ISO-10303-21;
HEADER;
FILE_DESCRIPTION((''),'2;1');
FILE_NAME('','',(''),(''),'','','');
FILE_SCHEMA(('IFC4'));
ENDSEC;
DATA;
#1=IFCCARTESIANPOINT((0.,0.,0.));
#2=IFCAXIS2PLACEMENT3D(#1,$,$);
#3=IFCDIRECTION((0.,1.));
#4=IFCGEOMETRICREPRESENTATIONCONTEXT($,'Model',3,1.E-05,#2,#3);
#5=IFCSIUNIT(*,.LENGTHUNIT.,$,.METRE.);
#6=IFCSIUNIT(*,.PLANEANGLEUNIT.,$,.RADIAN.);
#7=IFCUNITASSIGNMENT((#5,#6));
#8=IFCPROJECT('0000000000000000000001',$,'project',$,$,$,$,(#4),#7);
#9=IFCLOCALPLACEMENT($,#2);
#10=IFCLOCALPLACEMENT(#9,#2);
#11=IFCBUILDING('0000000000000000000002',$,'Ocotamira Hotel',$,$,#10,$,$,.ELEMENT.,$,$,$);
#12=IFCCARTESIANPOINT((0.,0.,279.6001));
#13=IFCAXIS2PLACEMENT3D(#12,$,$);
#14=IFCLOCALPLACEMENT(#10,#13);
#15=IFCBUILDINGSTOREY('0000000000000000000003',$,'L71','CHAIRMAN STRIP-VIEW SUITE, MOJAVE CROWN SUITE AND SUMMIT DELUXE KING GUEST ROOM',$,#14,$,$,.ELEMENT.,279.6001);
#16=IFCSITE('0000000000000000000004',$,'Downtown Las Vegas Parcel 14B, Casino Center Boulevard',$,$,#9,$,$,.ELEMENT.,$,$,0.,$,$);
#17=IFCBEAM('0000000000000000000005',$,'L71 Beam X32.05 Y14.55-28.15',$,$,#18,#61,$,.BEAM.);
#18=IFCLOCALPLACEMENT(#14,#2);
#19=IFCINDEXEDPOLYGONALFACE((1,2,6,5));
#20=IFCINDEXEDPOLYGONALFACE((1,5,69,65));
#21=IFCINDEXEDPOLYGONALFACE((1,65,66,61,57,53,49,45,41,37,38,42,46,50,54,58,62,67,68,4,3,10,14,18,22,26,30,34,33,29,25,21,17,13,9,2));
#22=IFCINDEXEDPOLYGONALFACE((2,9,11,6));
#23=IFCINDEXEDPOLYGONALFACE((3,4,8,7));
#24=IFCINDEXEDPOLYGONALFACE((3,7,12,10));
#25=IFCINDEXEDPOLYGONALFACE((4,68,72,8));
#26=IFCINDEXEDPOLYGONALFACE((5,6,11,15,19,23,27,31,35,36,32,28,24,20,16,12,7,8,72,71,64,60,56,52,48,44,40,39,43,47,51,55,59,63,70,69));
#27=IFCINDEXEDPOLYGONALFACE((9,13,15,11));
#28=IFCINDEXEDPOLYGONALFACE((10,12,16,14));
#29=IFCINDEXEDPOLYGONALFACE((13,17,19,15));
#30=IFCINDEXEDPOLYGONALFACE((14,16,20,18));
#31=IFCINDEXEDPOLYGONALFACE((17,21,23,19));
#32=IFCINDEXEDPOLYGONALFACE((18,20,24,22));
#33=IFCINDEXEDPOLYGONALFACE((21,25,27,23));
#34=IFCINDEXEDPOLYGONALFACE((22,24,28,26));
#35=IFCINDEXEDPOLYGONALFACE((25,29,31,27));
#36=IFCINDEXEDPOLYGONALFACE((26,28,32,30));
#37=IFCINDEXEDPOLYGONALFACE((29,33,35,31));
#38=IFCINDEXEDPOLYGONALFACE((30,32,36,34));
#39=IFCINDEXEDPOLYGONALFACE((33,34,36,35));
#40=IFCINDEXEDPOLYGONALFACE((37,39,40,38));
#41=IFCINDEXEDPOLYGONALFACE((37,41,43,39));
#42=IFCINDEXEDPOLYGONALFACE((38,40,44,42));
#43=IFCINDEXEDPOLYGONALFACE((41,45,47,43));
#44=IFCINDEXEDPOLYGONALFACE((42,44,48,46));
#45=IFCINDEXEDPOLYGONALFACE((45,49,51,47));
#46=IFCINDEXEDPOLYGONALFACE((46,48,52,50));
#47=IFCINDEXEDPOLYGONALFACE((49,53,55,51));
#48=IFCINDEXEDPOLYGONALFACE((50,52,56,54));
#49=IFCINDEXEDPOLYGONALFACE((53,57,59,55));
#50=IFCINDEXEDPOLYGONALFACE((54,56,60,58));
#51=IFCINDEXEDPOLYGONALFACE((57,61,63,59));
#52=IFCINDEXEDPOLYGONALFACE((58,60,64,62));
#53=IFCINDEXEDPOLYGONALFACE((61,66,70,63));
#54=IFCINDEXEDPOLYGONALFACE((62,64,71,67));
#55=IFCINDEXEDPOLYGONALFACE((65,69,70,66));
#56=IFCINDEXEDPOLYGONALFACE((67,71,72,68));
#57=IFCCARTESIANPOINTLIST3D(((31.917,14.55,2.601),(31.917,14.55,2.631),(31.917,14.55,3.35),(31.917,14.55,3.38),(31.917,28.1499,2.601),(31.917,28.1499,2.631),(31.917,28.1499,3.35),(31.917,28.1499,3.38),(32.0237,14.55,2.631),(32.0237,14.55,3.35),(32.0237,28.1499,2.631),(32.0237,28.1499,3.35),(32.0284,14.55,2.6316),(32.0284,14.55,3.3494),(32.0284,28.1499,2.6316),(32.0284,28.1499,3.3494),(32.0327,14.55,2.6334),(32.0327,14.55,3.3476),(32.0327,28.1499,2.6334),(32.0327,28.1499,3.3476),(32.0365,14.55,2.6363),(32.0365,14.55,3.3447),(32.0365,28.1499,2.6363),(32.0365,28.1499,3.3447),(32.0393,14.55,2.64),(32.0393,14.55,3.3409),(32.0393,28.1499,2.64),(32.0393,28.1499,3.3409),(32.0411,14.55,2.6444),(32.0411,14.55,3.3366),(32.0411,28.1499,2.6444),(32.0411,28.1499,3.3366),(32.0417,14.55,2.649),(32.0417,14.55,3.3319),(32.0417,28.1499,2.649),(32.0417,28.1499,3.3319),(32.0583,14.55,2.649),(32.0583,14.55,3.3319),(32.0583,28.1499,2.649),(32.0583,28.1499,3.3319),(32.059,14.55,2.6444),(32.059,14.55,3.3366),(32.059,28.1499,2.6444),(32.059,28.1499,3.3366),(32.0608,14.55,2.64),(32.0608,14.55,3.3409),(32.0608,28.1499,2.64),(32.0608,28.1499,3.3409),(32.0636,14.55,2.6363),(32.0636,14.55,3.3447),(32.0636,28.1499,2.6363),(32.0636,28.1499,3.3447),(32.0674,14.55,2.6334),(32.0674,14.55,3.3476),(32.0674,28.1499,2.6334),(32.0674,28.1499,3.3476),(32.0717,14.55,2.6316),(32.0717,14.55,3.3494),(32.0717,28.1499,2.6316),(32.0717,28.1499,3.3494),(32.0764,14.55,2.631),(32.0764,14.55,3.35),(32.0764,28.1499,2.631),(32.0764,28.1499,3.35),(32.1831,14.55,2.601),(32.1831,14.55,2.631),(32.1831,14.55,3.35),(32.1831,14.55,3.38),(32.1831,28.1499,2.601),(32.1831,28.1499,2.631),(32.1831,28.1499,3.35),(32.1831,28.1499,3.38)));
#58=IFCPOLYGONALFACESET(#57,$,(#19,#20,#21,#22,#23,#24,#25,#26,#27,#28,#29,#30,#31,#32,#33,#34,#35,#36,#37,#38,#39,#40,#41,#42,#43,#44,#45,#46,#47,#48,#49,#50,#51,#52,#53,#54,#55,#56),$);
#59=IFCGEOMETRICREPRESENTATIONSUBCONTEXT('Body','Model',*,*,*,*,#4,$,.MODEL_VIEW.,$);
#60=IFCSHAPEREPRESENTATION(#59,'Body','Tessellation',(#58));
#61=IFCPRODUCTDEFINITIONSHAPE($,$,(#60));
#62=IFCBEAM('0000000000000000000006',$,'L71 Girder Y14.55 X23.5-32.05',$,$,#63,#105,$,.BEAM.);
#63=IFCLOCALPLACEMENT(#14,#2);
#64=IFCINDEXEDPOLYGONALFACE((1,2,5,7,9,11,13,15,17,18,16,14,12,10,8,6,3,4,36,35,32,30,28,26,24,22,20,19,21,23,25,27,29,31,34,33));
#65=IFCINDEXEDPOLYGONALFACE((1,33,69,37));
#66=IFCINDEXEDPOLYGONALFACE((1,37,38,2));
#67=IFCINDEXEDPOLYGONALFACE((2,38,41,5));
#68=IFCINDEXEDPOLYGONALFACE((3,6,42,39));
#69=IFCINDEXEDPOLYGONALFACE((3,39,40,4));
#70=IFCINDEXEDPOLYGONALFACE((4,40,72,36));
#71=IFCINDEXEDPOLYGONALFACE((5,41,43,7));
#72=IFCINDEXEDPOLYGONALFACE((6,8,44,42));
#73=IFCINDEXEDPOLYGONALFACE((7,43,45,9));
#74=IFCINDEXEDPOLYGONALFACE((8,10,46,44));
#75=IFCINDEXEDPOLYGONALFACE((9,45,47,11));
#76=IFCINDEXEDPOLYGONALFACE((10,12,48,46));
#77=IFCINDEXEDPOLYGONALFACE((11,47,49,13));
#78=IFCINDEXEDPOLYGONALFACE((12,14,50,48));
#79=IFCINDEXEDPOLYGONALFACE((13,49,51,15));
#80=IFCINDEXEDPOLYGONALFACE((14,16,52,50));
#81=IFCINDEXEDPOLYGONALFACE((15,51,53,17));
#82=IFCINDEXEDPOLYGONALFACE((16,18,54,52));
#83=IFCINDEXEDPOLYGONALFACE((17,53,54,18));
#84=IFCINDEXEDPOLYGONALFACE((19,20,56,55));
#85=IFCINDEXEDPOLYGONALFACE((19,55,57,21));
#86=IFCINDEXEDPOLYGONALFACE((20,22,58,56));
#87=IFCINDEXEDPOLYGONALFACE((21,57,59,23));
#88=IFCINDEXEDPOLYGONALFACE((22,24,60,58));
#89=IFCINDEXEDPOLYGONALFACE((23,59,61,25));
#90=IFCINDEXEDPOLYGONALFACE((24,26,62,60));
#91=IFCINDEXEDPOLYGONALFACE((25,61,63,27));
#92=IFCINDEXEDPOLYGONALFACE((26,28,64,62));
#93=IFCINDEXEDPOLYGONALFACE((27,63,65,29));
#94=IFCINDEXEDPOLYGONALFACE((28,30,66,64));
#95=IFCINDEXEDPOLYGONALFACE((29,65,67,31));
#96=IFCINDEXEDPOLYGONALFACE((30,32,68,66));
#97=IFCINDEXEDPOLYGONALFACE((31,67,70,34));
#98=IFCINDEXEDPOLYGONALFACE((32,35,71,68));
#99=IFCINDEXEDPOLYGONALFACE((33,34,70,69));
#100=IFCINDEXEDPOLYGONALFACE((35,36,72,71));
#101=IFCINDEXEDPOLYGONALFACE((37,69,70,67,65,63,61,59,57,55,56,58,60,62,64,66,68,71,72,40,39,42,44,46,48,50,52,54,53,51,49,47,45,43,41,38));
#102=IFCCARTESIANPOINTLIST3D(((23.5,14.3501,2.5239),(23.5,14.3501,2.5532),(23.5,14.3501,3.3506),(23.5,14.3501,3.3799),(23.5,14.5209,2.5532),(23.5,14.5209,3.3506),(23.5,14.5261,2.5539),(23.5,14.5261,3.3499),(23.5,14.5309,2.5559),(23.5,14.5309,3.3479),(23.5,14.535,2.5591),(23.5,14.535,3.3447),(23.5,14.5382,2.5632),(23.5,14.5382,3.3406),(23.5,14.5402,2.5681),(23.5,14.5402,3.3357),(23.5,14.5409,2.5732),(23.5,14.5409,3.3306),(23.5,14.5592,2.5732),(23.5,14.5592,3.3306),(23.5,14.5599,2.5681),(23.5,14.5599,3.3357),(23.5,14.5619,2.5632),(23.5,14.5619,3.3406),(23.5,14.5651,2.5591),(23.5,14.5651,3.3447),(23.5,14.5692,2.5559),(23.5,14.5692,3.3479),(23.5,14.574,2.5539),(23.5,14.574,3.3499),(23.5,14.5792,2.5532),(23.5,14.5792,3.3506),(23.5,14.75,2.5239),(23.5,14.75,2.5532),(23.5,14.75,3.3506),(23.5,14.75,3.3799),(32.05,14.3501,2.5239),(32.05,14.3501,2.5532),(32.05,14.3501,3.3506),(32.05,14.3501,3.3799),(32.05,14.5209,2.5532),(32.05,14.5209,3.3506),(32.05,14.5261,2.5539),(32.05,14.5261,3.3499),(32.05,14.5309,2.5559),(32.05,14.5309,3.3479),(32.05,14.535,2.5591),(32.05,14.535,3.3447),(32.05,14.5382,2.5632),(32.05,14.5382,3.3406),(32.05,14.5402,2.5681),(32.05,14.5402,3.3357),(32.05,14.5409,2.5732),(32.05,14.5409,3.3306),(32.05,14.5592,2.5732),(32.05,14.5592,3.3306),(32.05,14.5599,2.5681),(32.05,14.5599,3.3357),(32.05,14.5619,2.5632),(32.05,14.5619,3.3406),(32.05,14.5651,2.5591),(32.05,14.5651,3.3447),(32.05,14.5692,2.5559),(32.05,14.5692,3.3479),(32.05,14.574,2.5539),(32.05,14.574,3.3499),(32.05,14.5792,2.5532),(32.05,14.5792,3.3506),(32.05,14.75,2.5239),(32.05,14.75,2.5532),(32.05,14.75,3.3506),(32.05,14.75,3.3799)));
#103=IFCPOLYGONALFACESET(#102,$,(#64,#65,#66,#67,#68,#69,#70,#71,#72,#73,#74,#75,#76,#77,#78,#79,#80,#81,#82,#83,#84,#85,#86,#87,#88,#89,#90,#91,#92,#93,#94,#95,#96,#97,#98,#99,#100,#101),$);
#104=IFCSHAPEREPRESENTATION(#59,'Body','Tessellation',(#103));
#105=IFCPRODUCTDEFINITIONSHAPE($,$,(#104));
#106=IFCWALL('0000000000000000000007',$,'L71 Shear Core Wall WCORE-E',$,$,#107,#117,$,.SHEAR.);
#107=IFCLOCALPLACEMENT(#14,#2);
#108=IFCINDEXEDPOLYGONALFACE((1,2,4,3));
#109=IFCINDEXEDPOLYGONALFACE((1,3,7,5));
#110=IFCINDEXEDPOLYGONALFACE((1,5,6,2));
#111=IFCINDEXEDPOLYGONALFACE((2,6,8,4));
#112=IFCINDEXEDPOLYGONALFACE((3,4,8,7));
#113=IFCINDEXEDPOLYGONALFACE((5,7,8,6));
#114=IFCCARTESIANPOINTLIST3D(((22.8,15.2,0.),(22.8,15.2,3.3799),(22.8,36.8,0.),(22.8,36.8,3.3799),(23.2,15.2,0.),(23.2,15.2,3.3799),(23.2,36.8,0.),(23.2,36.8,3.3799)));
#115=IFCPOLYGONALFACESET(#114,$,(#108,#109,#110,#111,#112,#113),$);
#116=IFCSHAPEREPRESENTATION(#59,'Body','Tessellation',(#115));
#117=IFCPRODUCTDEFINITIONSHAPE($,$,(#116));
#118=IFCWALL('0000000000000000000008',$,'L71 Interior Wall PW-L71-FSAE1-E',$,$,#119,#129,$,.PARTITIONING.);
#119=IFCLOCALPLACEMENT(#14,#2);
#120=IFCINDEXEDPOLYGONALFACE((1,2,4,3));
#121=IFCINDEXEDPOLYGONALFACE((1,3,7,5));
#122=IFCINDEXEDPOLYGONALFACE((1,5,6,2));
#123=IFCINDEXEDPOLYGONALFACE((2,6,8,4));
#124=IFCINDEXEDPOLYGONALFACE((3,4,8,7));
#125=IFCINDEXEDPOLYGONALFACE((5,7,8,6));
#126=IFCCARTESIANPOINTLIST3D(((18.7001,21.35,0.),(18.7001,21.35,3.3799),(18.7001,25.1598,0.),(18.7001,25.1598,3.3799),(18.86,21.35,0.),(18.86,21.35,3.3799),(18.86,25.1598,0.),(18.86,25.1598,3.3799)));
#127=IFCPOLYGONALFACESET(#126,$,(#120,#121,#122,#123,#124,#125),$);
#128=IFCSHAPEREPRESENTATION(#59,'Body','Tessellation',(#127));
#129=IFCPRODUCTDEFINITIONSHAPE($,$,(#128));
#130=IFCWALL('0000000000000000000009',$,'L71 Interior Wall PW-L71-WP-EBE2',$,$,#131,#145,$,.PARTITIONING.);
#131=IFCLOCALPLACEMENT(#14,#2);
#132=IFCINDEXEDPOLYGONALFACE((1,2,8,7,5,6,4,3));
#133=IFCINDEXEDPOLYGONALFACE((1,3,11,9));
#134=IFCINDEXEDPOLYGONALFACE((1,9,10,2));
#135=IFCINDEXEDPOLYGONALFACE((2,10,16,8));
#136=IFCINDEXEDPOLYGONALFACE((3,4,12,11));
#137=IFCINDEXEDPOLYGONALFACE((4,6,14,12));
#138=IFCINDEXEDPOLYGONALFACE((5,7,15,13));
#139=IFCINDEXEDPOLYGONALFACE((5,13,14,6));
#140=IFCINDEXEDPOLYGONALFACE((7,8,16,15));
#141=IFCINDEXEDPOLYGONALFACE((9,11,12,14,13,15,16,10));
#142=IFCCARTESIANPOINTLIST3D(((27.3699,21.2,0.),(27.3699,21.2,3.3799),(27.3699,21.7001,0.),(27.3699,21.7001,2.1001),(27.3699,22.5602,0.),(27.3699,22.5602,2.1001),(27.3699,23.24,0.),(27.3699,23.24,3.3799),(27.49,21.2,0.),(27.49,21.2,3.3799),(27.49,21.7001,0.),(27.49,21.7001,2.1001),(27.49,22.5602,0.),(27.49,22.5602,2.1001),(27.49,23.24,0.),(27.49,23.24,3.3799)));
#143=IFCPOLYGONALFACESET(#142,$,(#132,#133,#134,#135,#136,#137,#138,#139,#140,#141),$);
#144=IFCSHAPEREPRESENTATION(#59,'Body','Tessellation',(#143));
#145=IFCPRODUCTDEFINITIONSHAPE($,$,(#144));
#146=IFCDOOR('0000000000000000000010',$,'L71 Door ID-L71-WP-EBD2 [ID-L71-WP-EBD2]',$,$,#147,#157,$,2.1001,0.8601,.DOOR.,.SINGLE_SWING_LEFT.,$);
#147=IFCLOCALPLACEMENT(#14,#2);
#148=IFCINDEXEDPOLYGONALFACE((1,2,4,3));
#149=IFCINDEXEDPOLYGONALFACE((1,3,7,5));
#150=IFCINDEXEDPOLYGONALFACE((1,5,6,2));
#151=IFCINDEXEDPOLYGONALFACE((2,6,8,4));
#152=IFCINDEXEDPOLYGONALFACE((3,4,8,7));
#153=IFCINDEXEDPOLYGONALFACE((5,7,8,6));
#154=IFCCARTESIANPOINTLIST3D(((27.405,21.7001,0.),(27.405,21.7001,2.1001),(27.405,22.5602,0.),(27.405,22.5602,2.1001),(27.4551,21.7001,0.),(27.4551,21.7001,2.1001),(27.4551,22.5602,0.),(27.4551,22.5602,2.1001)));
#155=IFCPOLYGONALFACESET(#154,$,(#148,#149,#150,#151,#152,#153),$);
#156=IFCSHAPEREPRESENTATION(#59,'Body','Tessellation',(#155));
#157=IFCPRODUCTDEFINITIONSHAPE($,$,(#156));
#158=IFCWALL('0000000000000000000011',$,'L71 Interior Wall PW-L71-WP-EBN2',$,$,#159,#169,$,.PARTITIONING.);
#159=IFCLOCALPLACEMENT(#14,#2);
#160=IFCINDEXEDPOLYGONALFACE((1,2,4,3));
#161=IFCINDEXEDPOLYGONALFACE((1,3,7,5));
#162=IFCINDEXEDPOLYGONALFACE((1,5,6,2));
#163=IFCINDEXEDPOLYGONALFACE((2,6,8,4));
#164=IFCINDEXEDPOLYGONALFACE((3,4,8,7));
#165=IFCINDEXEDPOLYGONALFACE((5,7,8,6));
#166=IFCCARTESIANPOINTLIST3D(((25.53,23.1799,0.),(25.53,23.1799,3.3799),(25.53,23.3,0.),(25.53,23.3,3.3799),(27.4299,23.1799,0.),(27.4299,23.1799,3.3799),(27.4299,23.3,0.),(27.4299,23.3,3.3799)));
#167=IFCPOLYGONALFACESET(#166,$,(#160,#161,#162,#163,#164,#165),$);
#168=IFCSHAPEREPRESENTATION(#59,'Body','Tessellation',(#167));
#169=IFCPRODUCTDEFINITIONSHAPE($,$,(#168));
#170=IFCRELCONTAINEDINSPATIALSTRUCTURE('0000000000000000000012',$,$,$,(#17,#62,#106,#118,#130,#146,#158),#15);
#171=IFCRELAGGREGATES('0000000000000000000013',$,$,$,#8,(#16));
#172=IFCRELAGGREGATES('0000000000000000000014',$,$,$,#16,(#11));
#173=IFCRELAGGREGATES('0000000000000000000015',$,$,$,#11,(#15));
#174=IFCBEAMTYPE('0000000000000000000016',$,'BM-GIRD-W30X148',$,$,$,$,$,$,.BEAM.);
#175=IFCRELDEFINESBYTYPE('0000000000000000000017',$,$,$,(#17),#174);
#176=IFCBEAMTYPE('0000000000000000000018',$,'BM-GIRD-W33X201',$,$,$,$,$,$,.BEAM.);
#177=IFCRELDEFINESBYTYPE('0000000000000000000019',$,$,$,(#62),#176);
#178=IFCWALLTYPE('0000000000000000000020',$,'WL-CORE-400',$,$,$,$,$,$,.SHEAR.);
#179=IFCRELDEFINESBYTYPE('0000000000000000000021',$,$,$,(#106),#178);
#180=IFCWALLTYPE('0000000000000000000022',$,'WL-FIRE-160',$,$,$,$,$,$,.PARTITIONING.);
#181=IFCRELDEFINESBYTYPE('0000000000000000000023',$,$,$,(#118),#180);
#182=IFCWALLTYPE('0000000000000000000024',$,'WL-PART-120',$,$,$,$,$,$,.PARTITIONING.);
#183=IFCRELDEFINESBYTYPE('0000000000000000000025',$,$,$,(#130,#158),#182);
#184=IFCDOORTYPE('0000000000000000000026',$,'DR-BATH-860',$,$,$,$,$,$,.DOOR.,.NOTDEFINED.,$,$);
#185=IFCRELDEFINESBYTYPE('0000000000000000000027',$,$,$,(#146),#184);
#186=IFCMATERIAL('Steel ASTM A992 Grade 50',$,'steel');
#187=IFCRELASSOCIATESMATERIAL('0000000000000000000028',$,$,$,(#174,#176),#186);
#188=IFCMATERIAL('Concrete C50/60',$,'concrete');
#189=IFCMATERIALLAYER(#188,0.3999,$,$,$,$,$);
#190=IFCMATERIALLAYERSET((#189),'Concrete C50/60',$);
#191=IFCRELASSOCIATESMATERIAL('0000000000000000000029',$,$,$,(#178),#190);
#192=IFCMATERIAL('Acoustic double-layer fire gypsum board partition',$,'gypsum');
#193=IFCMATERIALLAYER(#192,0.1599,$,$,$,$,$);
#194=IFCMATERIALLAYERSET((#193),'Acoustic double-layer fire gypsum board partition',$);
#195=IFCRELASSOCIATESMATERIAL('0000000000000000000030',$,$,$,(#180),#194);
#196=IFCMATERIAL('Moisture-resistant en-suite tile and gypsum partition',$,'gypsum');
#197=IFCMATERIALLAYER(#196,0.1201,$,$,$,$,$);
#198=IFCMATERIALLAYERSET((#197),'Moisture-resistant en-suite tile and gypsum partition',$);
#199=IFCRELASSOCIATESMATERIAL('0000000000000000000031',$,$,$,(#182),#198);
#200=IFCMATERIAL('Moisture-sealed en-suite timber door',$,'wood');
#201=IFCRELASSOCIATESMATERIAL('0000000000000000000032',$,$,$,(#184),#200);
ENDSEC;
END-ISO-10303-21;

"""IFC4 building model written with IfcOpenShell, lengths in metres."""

from ifc_helpers import new_model, si_unit, direction, frame, frame_2d, origin, origin_2d, place, context, subcontext, project, spatial, rectangle, i_section, extrude, source, transform, mapped, material, layer, layer_set, material_profile, profile_set, type_object, element, fill, save


model = new_model("IFC4")

# Units and contexts
model_context = context("Model", 3, precision=1e-05, world=origin(), true_north=direction((0.0, 1.0)))
body_context = subcontext(model_context, "Body", "Model", "MODEL_VIEW")
ifc_project = project(units=[si_unit("LENGTHUNIT", "METRE"), si_unit("PLANEANGLEUNIT", "RADIAN")], contexts=[model_context])

# Site, building, storey
site_placement = place(None, origin())
site = spatial("IfcSite", under=ifc_project, at=site_placement, Name="Downtown Las Vegas Parcel 14B, Casino Center Boulevard", CompositionType="ELEMENT", RefElevation=0.0)
building_placement = place(site_placement, origin())
building = spatial("IfcBuilding", under=site, at=building_placement, Name="Ocotamira Hotel", CompositionType="ELEMENT")
storey_placement = place(building_placement, frame((0.0, 0.0, 279.6001)))
storey = spatial("IfcBuildingStorey", under=building, at=storey_placement, Name="L71", Description="CHAIRMAN STRIP-VIEW SUITE, MOJAVE CROWN SUITE AND SUMMIT DELUXE KING GUEST ROOM", CompositionType="ELEMENT", Elevation=279.6001)

# Shared definitions
ifc_material_1 = material(Name="Steel ASTM A992 Grade 50", Category="steel")

# Beams
ifc_material_profile_1 = material_profile(ifc_material_1, i_section(OverallWidth=0.2661, OverallDepth=0.7791, WebThickness=0.0166, FlangeThickness=0.03, FilletRadius=0.0181, at=origin_2d()), Name="W30X148")
ifc_profile_set_1 = profile_set([ifc_material_profile_1], Name="Steel ASTM A992 Grade 50")
beam_type_1 = type_object("IfcBeamType", Name="BM-GIRD-W30X148", PredefinedType="BEAM", material=ifc_profile_set_1)
shared_shape_1 = source(origin(), body_context, "Body", "SweptSolid", [
    extrude(i_section(OverallWidth=0.2661, OverallDepth=0.7791, WebThickness=0.0166, FlangeThickness=0.03, FilletRadius=0.0181, at=origin_2d()), origin(), (0.0, 0.0, 1.0), 13.5999),
])
for number, where, z_axis, x_axis, name in (
    (1, (32.05, 14.55, 2.9905), (0.0, 1.0, 0.0), (-1.0, 0.0, 0.0), "L71 Beam X32.05 Y14.55-28.15"),
):
    element("IfcBeam", number, at=place(storey_placement, frame(where, z_axis=z_axis, x_axis=x_axis)), inside=storey, type_object=beam_type_1, Name=name, PredefinedType="BEAM", context=body_context, shape_type="MappedRepresentation", body=[
        mapped(shared_shape_1, transform((0.0, 0.0, 0.0), scale=1.0)),
    ])
ifc_material_profile_2 = material_profile(ifc_material_1, i_section(OverallWidth=0.3999, OverallDepth=0.856, WebThickness=0.0183, FlangeThickness=0.0293, FilletRadius=0.02, at=origin_2d()), Name="W33X201")
ifc_profile_set_2 = profile_set([ifc_material_profile_2], Name="Steel ASTM A992 Grade 50")
beam_type_2 = type_object("IfcBeamType", Name="BM-GIRD-W33X201", PredefinedType="BEAM", material=ifc_profile_set_2)
shared_shape_2 = source(origin(), body_context, "Body", "SweptSolid", [
    extrude(i_section(OverallWidth=0.3999, OverallDepth=0.856, WebThickness=0.0183, FlangeThickness=0.0293, FilletRadius=0.02, at=origin_2d()), origin(), (0.0, 0.0, 1.0), 8.55),
])
beam_placement = place(storey_placement, frame((23.5, 14.55, 2.9519), z_axis=(1.0, 0.0, 0.0), x_axis=(0.0, 1.0, 0.0)))
element("IfcBeam", 2, at=beam_placement, inside=storey, type_object=beam_type_2, Name="L71 Girder Y14.55 X23.5-32.05", PredefinedType="BEAM", context=body_context, shape_type="MappedRepresentation", body=[
    mapped(shared_shape_2, transform((0.0, 0.0, 0.0), scale=1.0)),
])

# Walls
ifc_material_2 = material(Name="Concrete C50/60", Category="concrete")
ifc_layer_1 = layer(ifc_material_2, 0.3999)
ifc_layer_set_1 = layer_set([ifc_layer_1], Name="Concrete C50/60")
wall_type_1 = type_object("IfcWallType", Name="WL-CORE-400", PredefinedType="SHEAR", material=ifc_layer_set_1)
wall_1_placement = place(storey_placement, frame((23.0, 15.2, 0.0), z_axis=(0.0, 0.0, 1.0), x_axis=(0.0, 1.0, 0.0)))
element("IfcWall", 3, at=wall_1_placement, inside=storey, type_object=wall_type_1, Name="L71 Shear Core Wall WCORE-E", PredefinedType="SHEAR", context=body_context, shape_type="SweptSolid", body=[
    extrude(rectangle(XDim=21.6001, YDim=0.3999, at=frame_2d((10.8, 0.0))), origin(), (0.0, 0.0, 1.0), 3.3799),
])
ifc_material_3 = material(Name="Acoustic double-layer fire gypsum board partition", Category="gypsum")
ifc_layer_2 = layer(ifc_material_3, 0.1599)
ifc_layer_set_2 = layer_set([ifc_layer_2], Name="Acoustic double-layer fire gypsum board partition")
wall_type_2 = type_object("IfcWallType", Name="WL-FIRE-160", PredefinedType="PARTITIONING", material=ifc_layer_set_2)
wall_2_placement = place(storey_placement, frame((18.78, 21.3501, 0.0), z_axis=(0.0, 0.0, 1.0), x_axis=(0.0, 1.0, 0.0)))
element("IfcWall", 4, at=wall_2_placement, inside=storey, type_object=wall_type_2, Name="L71 Interior Wall PW-L71-FSAE1-E", PredefinedType="PARTITIONING", context=body_context, shape_type="SweptSolid", body=[
    extrude(rectangle(XDim=3.8098, YDim=0.1599, at=frame_2d((1.9048, 0.0))), origin(), (0.0, 0.0, 1.0), 3.3799),
])

# Wall, opening, door
ifc_material_4 = material(Name="Moisture-resistant en-suite tile and gypsum partition", Category="gypsum")
ifc_layer_3 = layer(ifc_material_4, 0.1201)
ifc_layer_set_3 = layer_set([ifc_layer_3], Name="Moisture-resistant en-suite tile and gypsum partition")
wall_type_3 = type_object("IfcWallType", Name="WL-PART-120", PredefinedType="PARTITIONING", material=ifc_layer_set_3)
wall_3_placement = place(storey_placement, frame((27.4299, 21.2, 0.0), z_axis=(0.0, 0.0, 1.0), x_axis=(0.0, 1.0, 0.0)))
wall_3 = element("IfcWall", 5, at=wall_3_placement, inside=storey, type_object=wall_type_3, Name="L71 Interior Wall PW-L71-WP-EBE2", PredefinedType="PARTITIONING", context=body_context, shape_type="SweptSolid", body=[
    extrude(rectangle(XDim=2.04, YDim=0.1201, at=frame_2d((1.02, 0.0))), origin(), (0.0, 0.0, 1.0), 3.3799),
])
opening_1_placement = place(wall_3_placement, frame((0.5, 0.0, 0.0)))
opening_1 = element("IfcOpeningElement", 6, at=opening_1_placement, cuts=wall_3, PredefinedType="OPENING", context=body_context, shape_type="SweptSolid", body=[
    extrude(rectangle(XDim=0.8601, YDim=2.1001, at=frame_2d((0.4302, 1.05))), frame((0.0, 0.0701, 0.0), z_axis=(0.0, -1.0, 0.0), x_axis=(1.0, 0.0, 0.0)), (0.0, 0.0, 1.0), 0.1401),
])
ifc_material_5 = material(Name="Moisture-sealed en-suite timber door", Category="wood")
door_type_1 = type_object("IfcDoorType", Name="DR-BATH-860", OperationType="NOTDEFINED", PredefinedType="DOOR", material=ifc_material_5)
shared_shape_3 = source(origin(), body_context, "Body", "SweptSolid", [
    extrude(rectangle(XDim=0.8601, YDim=2.1001, at=frame_2d((0.4302, 1.05))), frame((0.0, 0.0249, 0.0), z_axis=(0.0, -1.0, 0.0), x_axis=(1.0, 0.0, 0.0)), (0.0, 0.0, 1.0), 0.05),
])
door_1_placement = place(opening_1_placement, origin())
door_1 = element("IfcDoor", 7, at=door_1_placement, inside=storey, type_object=door_type_1, Name="L71 Door ID-L71-WP-EBD2 [ID-L71-WP-EBD2]", OperationType="SINGLE_SWING_LEFT", OverallHeight=2.1001, OverallWidth=0.8601, PredefinedType="DOOR", context=body_context, shape_type="MappedRepresentation", body=[
    mapped(shared_shape_3, transform((0.0, 0.0, 0.0), scale=1.0)),
])
fill(opening_1, door_1)

# Wall
wall_4_placement = place(storey_placement, frame((25.53, 23.24, 0.0), z_axis=(0.0, 0.0, 1.0), x_axis=(1.0, 0.0, 0.0)))
element("IfcWall", 8, at=wall_4_placement, inside=storey, type_object=wall_type_3, Name="L71 Interior Wall PW-L71-WP-EBN2", PredefinedType="PARTITIONING", context=body_context, shape_type="SweptSolid", body=[
    extrude(rectangle(XDim=1.8999, YDim=0.1201, at=frame_2d((0.95, 0.0))), origin(), (0.0, 0.0, 1.0), 3.3799),
])

save(model, "model.ifc")
